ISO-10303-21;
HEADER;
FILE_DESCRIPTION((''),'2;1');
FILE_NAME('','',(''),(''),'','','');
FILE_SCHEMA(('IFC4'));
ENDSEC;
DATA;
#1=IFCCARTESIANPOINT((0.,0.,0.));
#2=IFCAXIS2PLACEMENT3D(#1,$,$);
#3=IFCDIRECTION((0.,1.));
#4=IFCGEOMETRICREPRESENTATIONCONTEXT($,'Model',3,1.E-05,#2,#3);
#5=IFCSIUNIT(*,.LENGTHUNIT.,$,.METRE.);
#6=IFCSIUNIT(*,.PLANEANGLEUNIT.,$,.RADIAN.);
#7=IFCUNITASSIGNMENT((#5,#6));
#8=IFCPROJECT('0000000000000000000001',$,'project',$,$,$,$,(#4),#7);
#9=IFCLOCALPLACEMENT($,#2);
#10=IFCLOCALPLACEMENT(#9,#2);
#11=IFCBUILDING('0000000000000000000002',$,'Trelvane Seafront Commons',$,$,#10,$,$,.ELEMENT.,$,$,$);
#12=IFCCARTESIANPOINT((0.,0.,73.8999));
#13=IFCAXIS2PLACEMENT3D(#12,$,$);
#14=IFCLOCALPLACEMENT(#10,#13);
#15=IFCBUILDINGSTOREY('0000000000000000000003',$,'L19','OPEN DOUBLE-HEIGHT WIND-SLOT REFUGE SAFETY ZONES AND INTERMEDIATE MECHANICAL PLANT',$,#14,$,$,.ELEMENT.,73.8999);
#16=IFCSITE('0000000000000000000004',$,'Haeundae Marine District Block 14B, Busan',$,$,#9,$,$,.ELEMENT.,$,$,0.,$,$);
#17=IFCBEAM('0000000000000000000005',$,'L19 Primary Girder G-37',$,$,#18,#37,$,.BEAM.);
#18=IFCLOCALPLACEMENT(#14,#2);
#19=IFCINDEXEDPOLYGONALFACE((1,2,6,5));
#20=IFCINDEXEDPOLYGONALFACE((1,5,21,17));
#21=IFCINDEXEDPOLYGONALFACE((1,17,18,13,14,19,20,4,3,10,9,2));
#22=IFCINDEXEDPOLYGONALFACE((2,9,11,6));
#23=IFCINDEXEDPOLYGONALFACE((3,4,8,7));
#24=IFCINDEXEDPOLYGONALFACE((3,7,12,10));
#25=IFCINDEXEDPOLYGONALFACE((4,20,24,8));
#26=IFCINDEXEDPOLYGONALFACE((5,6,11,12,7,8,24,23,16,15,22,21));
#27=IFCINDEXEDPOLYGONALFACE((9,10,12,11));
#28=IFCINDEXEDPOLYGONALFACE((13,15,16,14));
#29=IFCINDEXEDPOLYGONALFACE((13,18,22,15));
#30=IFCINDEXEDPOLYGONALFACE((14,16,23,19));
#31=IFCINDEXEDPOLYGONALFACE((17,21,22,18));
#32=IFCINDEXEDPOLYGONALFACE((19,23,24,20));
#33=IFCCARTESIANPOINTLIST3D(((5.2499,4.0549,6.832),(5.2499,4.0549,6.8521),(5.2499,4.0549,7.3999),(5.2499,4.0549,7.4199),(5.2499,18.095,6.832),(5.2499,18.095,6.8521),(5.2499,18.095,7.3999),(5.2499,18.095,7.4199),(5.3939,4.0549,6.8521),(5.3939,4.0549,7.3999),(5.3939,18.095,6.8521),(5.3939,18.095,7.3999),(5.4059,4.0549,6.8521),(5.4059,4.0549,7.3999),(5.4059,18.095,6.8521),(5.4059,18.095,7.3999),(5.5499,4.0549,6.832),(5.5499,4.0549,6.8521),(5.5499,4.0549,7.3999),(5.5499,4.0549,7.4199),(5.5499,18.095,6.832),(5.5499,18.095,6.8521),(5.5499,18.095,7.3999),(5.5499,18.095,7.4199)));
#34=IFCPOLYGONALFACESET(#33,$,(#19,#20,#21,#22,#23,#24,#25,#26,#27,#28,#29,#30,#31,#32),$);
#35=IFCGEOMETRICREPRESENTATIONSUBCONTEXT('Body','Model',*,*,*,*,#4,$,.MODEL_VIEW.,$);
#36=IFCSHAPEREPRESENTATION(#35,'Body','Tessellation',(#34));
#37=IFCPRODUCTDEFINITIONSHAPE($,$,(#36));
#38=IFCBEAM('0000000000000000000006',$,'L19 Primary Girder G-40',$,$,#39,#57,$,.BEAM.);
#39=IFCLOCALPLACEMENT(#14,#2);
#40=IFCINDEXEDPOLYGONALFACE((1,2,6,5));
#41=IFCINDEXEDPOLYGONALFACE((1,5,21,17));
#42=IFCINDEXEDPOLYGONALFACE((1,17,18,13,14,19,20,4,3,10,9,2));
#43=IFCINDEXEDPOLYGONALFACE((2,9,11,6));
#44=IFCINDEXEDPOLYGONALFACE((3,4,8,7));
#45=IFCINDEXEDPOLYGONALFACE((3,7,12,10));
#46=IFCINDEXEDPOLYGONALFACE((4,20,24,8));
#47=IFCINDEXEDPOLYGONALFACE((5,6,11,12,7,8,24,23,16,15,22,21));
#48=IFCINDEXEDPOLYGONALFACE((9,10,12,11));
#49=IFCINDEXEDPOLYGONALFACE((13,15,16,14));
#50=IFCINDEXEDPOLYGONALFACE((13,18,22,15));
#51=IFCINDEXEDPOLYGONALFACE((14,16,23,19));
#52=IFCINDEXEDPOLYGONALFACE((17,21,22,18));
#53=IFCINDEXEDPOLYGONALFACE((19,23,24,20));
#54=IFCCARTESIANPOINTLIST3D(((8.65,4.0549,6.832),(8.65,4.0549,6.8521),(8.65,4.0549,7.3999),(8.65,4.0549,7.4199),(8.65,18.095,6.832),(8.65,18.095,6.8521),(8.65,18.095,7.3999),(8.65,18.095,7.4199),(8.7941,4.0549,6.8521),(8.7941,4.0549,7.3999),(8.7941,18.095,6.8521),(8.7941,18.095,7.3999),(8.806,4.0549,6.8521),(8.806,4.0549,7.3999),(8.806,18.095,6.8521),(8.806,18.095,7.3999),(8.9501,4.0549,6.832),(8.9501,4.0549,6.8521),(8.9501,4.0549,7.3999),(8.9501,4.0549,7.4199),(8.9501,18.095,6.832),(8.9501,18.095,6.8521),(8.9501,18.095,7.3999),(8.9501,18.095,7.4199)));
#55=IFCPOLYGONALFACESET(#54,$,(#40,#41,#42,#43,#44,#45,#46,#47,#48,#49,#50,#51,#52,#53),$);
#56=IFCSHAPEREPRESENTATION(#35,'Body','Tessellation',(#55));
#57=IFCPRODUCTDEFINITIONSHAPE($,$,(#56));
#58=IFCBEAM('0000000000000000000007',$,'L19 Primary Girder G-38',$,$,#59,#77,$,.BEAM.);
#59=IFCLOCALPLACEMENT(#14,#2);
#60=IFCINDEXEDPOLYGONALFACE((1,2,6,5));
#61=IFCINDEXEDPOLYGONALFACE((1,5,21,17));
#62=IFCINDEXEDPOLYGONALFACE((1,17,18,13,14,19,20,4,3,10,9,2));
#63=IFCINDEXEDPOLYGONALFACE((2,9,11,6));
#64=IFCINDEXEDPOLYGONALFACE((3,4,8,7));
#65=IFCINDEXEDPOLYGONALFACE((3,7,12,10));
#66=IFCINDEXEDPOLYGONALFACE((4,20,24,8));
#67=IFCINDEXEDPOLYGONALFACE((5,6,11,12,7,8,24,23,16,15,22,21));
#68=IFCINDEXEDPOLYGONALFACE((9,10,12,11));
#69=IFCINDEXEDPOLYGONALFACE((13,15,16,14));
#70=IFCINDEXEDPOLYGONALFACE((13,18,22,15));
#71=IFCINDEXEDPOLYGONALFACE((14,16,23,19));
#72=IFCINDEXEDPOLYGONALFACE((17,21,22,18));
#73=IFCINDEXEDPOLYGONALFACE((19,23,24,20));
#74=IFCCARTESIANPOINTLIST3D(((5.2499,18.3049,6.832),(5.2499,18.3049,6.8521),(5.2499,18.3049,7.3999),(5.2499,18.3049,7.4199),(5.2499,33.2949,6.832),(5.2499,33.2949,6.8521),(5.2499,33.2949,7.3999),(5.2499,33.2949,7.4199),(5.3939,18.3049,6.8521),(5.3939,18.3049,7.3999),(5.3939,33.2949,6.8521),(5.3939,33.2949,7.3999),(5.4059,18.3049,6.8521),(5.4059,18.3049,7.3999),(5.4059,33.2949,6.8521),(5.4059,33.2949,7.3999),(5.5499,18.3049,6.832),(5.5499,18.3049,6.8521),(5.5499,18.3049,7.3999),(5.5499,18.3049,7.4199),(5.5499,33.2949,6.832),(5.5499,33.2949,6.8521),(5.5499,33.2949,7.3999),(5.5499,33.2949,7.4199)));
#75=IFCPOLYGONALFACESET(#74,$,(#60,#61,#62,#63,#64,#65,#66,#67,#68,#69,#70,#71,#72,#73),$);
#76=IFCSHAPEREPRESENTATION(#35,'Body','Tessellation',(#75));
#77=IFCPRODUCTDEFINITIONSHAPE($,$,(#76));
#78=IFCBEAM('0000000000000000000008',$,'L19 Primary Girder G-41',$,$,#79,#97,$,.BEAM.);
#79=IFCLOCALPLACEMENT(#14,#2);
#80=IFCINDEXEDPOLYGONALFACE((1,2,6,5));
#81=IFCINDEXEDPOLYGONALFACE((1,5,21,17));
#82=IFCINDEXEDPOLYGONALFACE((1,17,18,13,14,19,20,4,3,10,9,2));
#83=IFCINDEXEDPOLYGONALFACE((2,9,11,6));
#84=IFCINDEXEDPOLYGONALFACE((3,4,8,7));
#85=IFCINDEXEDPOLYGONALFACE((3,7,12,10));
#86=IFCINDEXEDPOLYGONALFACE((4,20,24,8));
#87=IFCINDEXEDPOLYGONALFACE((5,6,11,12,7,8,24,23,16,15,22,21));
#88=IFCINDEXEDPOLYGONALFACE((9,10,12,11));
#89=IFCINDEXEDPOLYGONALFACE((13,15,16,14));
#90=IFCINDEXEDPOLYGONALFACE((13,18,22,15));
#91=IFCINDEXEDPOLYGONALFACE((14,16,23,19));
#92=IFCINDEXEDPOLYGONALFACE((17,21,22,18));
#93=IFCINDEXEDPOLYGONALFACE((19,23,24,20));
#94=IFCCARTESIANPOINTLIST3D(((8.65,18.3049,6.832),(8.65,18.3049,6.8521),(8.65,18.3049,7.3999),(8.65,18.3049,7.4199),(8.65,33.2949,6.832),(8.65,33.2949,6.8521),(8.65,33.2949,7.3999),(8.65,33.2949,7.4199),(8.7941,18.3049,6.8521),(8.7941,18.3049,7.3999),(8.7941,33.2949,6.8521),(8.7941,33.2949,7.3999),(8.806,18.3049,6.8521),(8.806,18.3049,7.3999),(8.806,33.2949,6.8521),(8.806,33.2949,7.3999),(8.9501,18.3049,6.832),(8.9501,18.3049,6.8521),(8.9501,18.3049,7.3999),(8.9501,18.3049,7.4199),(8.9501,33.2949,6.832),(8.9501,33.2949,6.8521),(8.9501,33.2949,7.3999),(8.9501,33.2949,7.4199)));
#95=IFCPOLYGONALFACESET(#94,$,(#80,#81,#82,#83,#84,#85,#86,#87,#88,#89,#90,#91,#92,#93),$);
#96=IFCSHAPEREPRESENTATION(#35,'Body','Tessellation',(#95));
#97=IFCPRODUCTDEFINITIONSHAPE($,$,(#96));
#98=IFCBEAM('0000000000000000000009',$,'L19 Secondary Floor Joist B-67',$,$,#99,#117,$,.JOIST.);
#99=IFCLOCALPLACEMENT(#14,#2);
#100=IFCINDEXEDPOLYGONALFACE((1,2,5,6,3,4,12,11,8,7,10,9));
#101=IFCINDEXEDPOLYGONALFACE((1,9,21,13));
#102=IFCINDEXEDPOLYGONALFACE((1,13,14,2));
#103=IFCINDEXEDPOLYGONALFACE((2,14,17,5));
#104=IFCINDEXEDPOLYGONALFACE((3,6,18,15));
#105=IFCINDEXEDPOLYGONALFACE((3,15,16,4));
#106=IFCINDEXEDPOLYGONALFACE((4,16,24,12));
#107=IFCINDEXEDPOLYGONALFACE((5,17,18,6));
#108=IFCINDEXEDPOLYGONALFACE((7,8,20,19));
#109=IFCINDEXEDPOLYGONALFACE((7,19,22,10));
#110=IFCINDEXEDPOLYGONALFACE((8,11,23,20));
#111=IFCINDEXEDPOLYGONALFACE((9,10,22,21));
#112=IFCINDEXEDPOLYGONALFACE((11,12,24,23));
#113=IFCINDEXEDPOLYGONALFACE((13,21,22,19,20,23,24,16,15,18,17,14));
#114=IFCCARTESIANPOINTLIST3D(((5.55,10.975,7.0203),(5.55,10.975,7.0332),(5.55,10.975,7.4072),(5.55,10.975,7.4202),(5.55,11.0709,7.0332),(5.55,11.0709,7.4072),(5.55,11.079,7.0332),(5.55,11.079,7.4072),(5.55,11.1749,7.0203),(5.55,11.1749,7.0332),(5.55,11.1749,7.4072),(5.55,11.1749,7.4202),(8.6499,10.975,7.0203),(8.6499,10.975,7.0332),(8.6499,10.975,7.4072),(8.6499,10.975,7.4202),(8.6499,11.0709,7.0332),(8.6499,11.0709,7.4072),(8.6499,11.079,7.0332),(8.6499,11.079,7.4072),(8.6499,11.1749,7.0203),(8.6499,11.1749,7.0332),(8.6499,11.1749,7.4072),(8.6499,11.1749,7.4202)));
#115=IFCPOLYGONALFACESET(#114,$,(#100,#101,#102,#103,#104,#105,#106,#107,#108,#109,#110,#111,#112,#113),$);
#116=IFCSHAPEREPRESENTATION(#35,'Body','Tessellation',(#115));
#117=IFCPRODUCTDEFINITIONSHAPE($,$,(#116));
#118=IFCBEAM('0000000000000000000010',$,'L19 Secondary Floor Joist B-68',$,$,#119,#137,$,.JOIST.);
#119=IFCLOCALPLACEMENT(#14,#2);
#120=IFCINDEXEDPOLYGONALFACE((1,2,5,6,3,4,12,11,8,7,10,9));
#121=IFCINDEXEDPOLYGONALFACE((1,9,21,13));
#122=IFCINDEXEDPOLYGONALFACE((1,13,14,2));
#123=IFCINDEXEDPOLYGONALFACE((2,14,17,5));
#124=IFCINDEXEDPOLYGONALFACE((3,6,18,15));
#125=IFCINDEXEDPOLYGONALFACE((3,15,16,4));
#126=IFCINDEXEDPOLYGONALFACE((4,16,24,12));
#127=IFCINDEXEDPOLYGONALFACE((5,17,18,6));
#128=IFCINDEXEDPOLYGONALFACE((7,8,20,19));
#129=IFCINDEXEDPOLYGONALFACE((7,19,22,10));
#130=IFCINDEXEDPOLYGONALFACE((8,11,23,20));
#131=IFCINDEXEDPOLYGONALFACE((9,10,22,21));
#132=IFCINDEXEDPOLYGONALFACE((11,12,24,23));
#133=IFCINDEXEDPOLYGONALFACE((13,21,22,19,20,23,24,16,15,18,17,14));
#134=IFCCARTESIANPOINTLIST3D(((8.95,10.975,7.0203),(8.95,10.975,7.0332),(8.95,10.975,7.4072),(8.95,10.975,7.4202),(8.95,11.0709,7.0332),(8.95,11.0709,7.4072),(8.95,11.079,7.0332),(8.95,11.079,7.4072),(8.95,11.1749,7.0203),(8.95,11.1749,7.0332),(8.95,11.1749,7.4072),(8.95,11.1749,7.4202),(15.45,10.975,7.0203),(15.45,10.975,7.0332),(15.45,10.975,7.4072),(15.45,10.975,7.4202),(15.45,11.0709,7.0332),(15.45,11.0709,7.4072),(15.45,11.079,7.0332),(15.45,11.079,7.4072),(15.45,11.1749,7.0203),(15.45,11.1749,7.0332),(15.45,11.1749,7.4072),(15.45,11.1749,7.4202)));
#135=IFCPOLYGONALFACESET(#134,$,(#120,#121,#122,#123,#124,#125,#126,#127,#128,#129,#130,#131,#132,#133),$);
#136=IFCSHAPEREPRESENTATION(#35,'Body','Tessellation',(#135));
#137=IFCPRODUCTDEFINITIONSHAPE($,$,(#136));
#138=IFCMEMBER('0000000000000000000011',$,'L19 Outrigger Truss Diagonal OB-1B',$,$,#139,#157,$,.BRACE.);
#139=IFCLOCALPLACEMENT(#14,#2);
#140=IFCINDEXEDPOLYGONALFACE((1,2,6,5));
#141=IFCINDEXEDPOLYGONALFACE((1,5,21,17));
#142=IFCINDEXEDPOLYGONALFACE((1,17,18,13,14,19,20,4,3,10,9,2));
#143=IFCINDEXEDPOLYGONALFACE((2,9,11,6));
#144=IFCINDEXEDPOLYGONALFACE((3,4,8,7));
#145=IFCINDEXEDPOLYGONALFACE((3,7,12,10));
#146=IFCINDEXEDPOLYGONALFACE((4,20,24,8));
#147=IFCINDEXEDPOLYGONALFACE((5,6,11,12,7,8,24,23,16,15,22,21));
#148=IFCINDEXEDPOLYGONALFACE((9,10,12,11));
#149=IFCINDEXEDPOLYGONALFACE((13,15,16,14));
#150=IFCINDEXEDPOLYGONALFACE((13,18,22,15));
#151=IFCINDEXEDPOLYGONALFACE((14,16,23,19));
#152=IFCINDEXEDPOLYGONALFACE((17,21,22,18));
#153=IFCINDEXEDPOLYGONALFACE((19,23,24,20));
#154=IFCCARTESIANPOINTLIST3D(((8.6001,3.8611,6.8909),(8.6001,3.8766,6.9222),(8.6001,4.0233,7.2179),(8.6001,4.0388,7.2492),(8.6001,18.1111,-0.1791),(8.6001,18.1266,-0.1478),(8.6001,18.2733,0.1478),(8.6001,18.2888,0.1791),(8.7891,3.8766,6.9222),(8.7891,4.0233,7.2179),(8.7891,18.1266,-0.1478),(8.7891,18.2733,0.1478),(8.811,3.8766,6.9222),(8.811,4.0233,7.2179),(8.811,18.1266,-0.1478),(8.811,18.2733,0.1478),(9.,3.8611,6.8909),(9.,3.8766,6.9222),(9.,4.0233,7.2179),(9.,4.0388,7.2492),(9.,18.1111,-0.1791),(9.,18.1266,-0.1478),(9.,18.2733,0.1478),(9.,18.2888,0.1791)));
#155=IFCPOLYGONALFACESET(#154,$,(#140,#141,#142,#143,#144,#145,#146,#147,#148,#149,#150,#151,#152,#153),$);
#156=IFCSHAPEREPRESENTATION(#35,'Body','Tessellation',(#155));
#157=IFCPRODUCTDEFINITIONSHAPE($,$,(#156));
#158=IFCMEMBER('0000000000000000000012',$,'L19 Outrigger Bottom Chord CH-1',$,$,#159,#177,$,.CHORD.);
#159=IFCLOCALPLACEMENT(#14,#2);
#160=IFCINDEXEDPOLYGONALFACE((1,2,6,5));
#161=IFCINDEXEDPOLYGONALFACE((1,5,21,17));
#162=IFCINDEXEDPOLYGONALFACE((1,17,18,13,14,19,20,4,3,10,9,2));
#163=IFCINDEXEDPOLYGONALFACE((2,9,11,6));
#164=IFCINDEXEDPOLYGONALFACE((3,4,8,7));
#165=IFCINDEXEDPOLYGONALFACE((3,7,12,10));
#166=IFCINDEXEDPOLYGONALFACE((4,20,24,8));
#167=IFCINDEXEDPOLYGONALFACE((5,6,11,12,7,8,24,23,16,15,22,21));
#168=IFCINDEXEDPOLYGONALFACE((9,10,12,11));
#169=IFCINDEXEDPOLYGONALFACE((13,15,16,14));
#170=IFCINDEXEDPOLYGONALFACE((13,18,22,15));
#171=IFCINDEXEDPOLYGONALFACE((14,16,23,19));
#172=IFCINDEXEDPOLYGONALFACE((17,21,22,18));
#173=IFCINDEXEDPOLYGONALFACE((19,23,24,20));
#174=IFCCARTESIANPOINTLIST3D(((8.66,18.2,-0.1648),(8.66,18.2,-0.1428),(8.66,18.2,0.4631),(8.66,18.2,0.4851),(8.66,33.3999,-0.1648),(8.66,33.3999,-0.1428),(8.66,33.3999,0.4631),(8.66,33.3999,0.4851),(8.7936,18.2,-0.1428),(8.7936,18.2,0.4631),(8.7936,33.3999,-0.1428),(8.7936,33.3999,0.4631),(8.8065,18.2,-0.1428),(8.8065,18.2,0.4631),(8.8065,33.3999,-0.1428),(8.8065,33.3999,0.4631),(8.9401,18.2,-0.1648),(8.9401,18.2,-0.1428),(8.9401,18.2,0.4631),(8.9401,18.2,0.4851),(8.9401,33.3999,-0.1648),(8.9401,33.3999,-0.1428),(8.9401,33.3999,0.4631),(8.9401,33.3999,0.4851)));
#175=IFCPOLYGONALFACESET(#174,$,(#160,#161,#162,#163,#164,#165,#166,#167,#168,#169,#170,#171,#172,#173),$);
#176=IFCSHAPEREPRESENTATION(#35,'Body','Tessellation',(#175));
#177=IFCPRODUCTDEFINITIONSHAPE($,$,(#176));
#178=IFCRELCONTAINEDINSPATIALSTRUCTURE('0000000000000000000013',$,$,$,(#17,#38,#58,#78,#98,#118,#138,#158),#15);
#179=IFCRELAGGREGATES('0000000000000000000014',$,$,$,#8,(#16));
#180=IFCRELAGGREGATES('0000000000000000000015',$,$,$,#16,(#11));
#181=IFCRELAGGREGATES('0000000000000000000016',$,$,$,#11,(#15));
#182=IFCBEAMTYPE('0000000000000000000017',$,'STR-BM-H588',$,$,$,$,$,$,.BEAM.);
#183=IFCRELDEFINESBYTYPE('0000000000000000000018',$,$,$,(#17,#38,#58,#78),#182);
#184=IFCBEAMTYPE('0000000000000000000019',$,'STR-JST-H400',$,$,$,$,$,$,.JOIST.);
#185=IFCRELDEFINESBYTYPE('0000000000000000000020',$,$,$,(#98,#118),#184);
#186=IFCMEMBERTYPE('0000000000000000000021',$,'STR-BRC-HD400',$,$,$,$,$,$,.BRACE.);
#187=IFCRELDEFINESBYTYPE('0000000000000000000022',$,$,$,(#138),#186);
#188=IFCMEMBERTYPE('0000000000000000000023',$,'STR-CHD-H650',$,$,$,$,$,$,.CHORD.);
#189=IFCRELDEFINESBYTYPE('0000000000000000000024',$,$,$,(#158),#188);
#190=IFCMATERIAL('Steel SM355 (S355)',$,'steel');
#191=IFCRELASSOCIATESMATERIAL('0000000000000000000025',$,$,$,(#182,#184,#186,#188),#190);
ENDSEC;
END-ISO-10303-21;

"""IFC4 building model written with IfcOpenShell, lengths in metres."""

from ifc_helpers import new_model, si_unit, direction, frame, origin, origin_2d, place, context, subcontext, project, spatial, i_section, extrude, source, transform, mapped, material, material_profile, profile_set, type_object, element, save


model = new_model("IFC4")

# Units and contexts
model_context = context("Model", 3, precision=1e-05, world=origin(), true_north=direction((0.0, 1.0)))
body_context = subcontext(model_context, "Body", "Model", "MODEL_VIEW")
ifc_project = project(units=[si_unit("LENGTHUNIT", "METRE"), si_unit("PLANEANGLEUNIT", "RADIAN")], contexts=[model_context])

# Site, building, storey
site_placement = place(None, origin())
site = spatial("IfcSite", under=ifc_project, at=site_placement, Name="Haeundae Marine District Block 14B, Busan", CompositionType="ELEMENT", RefElevation=0.0)
building_placement = place(site_placement, origin())
building = spatial("IfcBuilding", under=site, at=building_placement, Name="Trelvane Seafront Commons", CompositionType="ELEMENT")
storey_placement = place(building_placement, frame((0.0, 0.0, 73.8999)))
storey = spatial("IfcBuildingStorey", under=building, at=storey_placement, Name="L19", Description="OPEN DOUBLE-HEIGHT WIND-SLOT REFUGE SAFETY ZONES AND INTERMEDIATE MECHANICAL PLANT", CompositionType="ELEMENT", Elevation=73.8999)

# Shared definitions
ifc_material_1 = material(Name="Steel SM355 (S355)", Category="steel")

# Beams
ifc_material_profile_1 = material_profile(ifc_material_1, i_section(OverallWidth=0.3, OverallDepth=0.5879, WebThickness=0.012, FlangeThickness=0.02, at=origin_2d()), Name="H-588x300x12x20")
ifc_profile_set_1 = profile_set([ifc_material_profile_1], Name="Steel SM355 (S355)")
beam_type_1 = type_object("IfcBeamType", Name="STR-BM-H588", PredefinedType="BEAM", material=ifc_profile_set_1)
shared_shape_1 = source(origin(), body_context, "Body", "SweptSolid", [
    extrude(i_section(OverallWidth=0.3, OverallDepth=0.5879, WebThickness=0.012, FlangeThickness=0.02, at=origin_2d()), origin(), (0.0, 0.0, 1.0), 14.04),
])
for number, where, z_axis, x_axis, name in (
    (1, (5.3999, 4.0549, 7.126), (0.0, 1.0, 0.0), (-1.0, 0.0, 0.0), "L19 Primary Girder G-37"),
    (2, (8.8, 4.0549, 7.126), (0.0, 1.0, 0.0), (-1.0, 0.0, 0.0), "L19 Primary Girder G-40"),
):
    element("IfcBeam", number, at=place(storey_placement, frame(where, z_axis=z_axis, x_axis=x_axis)), inside=storey, type_object=beam_type_1, Name=name, PredefinedType="BEAM", context=body_context, shape_type="MappedRepresentation", body=[
        mapped(shared_shape_1, transform((0.0, 0.0, 0.0), x_axis=(1.0, 0.0, 0.0), y_axis=(0.0, 1.0, 0.0), z_axis=(0.0, 0.0, 1.0), scale=1.0)),
    ])
shared_shape_2 = source(origin(), body_context, "Body", "SweptSolid", [
    extrude(i_section(OverallWidth=0.3, OverallDepth=0.5879, WebThickness=0.012, FlangeThickness=0.02, at=origin_2d()), origin(), (0.0, 0.0, 1.0), 14.99),
])
for number, where, z_axis, x_axis, name in (
    (3, (5.3999, 18.3049, 7.126), (0.0, 1.0, 0.0), (-1.0, 0.0, 0.0), "L19 Primary Girder G-38"),
    (4, (8.8, 18.3049, 7.126), (0.0, 1.0, 0.0), (-1.0, 0.0, 0.0), "L19 Primary Girder G-41"),
):
    element("IfcBeam", number, at=place(storey_placement, frame(where, z_axis=z_axis, x_axis=x_axis)), inside=storey, type_object=beam_type_1, Name=name, PredefinedType="BEAM", context=body_context, shape_type="MappedRepresentation", body=[
        mapped(shared_shape_2, transform((0.0, 0.0, 0.0), x_axis=(1.0, 0.0, 0.0), y_axis=(0.0, 1.0, 0.0), z_axis=(0.0, 0.0, 1.0), scale=1.0)),
    ])
ifc_material_profile_2 = material_profile(ifc_material_1, i_section(OverallWidth=0.2, OverallDepth=0.3999, WebThickness=0.0081, FlangeThickness=0.0129, at=origin_2d()), Name="H-400x200x8x13")
ifc_profile_set_2 = profile_set([ifc_material_profile_2], Name="Steel SM355 (S355)")
beam_type_2 = type_object("IfcBeamType", Name="STR-JST-H400", PredefinedType="JOIST", material=ifc_profile_set_2)
shared_shape_3 = source(origin(), body_context, "Body", "SweptSolid", [
    extrude(i_section(OverallWidth=0.2, OverallDepth=0.3999, WebThickness=0.0081, FlangeThickness=0.0129, at=origin_2d()), origin(), (0.0, 0.0, 1.0), 3.0999),
])
beam_1_placement = place(storey_placement, frame((5.55, 11.075, 7.2202), z_axis=(1.0, 0.0, 0.0), x_axis=(0.0, 1.0, 0.0)))
element("IfcBeam", 5, at=beam_1_placement, inside=storey, type_object=beam_type_2, Name="L19 Secondary Floor Joist B-67", PredefinedType="JOIST", context=body_context, shape_type="MappedRepresentation", body=[
    mapped(shared_shape_3, transform((0.0, 0.0, 0.0), x_axis=(1.0, 0.0, 0.0), y_axis=(0.0, 1.0, 0.0), z_axis=(0.0, 0.0, 1.0), scale=1.0)),
])
shared_shape_4 = source(origin(), body_context, "Body", "SweptSolid", [
    extrude(i_section(OverallWidth=0.2, OverallDepth=0.3999, WebThickness=0.0081, FlangeThickness=0.0129, at=origin_2d()), origin(), (0.0, 0.0, 1.0), 6.5),
])
beam_2_placement = place(storey_placement, frame((8.95, 11.075, 7.2202), z_axis=(1.0, 0.0, 0.0), x_axis=(0.0, 1.0, 0.0)))
element("IfcBeam", 6, at=beam_2_placement, inside=storey, type_object=beam_type_2, Name="L19 Secondary Floor Joist B-68", PredefinedType="JOIST", context=body_context, shape_type="MappedRepresentation", body=[
    mapped(shared_shape_4, transform((0.0, 0.0, 0.0), x_axis=(1.0, 0.0, 0.0), y_axis=(0.0, 1.0, 0.0), z_axis=(0.0, 0.0, 1.0), scale=1.0)),
])

# Members
ifc_material_profile_3 = material_profile(ifc_material_1, i_section(OverallWidth=0.3999, OverallDepth=0.3999, WebThickness=0.022, FlangeThickness=0.0349, at=origin_2d()), Name="HD-400x400x22x35")
ifc_profile_set_3 = profile_set([ifc_material_profile_3], Name="Steel SM355 (S355)")
member_type_1 = type_object("IfcMemberType", Name="STR-BRC-HD400", PredefinedType="BRACE", material=ifc_profile_set_3)
shared_shape_5 = source(origin(), body_context, "Body", "SweptSolid", [
    extrude(i_section(OverallWidth=0.3999, OverallDepth=0.3999, WebThickness=0.022, FlangeThickness=0.0349, at=origin_2d()), origin(), (0.0, 0.0, 1.0), 15.9075),
])
member_1_placement = place(storey_placement, frame((8.8, 18.2, 0.0), z_axis=(0.0, -0.895804, 0.444449), x_axis=(1.0, 0.0, 0.0)))
element("IfcMember", 7, at=member_1_placement, inside=storey, type_object=member_type_1, Name="L19 Outrigger Truss Diagonal OB-1B", PredefinedType="BRACE", context=body_context, shape_type="MappedRepresentation", body=[
    mapped(shared_shape_5, transform((0.0, 0.0, 0.0), x_axis=(1.0, 0.0, 0.0), y_axis=(0.0, 1.0, 0.0), z_axis=(0.0, 0.0, 1.0), scale=1.0)),
])
ifc_material_profile_4 = material_profile(ifc_material_1, i_section(OverallWidth=0.28, OverallDepth=0.6499, WebThickness=0.0129, FlangeThickness=0.022, at=origin_2d()), Name="H-650x280x13x22")
ifc_profile_set_4 = profile_set([ifc_material_profile_4], Name="Steel SM355 (S355)")
member_type_2 = type_object("IfcMemberType", Name="STR-CHD-H650", PredefinedType="CHORD", material=ifc_profile_set_4)
shared_shape_6 = source(origin(), body_context, "Body", "SweptSolid", [
    extrude(i_section(OverallWidth=0.28, OverallDepth=0.6499, WebThickness=0.0129, FlangeThickness=0.022, at=origin_2d()), origin(), (0.0, 0.0, 1.0), 15.2),
])
member_2_placement = place(storey_placement, frame((8.8, 18.2, 0.1602), z_axis=(0.0, 1.0, 0.0), x_axis=(-1.0, 0.0, 0.0)))
element("IfcMember", 8, at=member_2_placement, inside=storey, type_object=member_type_2, Name="L19 Outrigger Bottom Chord CH-1", PredefinedType="CHORD", context=body_context, shape_type="MappedRepresentation", body=[
    mapped(shared_shape_6, transform((0.0, 0.0, 0.0), x_axis=(1.0, 0.0, 0.0), y_axis=(0.0, 1.0, 0.0), z_axis=(0.0, 0.0, 1.0), scale=1.0)),
])

save(model, "model.ifc")
